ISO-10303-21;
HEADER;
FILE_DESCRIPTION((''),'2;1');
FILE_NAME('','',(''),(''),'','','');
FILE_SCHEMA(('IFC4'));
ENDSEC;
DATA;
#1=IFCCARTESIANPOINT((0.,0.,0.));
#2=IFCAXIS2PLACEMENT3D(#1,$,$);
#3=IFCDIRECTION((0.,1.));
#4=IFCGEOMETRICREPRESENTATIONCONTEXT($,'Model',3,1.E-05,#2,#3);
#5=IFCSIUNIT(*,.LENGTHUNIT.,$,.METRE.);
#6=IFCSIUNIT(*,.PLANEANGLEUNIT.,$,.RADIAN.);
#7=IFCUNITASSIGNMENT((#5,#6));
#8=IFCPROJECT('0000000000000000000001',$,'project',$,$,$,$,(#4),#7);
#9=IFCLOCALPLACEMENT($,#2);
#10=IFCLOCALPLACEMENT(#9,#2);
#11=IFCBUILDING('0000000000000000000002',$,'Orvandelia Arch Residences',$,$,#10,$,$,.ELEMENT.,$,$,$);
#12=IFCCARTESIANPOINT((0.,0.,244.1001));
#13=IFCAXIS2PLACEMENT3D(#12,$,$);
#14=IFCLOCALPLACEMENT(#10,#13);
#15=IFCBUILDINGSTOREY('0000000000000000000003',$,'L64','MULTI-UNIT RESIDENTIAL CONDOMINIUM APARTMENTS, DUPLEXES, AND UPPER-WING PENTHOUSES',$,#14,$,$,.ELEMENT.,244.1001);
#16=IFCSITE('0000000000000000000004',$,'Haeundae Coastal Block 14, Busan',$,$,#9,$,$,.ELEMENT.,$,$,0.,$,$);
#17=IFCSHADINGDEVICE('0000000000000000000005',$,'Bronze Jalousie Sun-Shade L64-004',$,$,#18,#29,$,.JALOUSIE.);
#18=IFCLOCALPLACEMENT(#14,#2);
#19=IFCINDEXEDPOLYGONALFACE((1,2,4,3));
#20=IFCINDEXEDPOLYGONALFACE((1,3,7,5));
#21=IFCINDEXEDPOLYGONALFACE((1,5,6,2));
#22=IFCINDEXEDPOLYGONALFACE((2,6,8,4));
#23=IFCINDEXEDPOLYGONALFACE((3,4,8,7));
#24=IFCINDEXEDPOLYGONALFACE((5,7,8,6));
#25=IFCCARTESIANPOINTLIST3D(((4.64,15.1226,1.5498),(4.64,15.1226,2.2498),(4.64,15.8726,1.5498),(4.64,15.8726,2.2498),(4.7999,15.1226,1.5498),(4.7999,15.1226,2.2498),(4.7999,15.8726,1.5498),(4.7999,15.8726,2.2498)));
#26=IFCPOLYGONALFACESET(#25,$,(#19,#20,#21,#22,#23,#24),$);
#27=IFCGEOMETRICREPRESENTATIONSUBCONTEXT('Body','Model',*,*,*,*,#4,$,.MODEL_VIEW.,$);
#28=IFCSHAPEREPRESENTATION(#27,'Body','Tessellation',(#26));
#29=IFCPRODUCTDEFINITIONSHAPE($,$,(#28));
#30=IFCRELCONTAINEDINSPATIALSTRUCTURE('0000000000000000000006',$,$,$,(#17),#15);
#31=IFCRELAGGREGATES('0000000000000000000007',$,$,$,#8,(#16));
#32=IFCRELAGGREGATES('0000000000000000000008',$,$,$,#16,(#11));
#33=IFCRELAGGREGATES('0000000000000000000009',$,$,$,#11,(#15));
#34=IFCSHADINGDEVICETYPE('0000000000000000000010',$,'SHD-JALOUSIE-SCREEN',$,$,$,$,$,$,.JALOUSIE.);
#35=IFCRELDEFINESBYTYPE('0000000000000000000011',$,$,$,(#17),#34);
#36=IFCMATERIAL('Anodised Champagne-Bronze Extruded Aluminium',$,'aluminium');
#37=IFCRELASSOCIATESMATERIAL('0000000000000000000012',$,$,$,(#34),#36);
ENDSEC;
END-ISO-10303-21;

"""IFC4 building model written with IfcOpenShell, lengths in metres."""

from ifc_helpers import new_model, si_unit, direction, frame, origin, origin_2d, place, context, subcontext, project, spatial, rectangle, extrude, material, type_object, element, save


model = new_model("IFC4")

# Units and contexts
model_context = context("Model", 3, precision=1e-05, world=origin(), true_north=direction((0.0, 1.0)))
body_context = subcontext(model_context, "Body", "Model", "MODEL_VIEW")
ifc_project = project(units=[si_unit("LENGTHUNIT", "METRE"), si_unit("PLANEANGLEUNIT", "RADIAN")], contexts=[model_context])

# Site, building, storey
site_placement = place(None, origin())
site = spatial("IfcSite", under=ifc_project, at=site_placement, Name="Haeundae Coastal Block 14, Busan", CompositionType="ELEMENT", RefElevation=0.0)
building_placement = place(site_placement, origin())
building = spatial("IfcBuilding", under=site, at=building_placement, Name="Orvandelia Arch Residences", CompositionType="ELEMENT")
storey_placement = place(building_placement, frame((0.0, 0.0, 244.1001)))
storey = spatial("IfcBuildingStorey", under=building, at=storey_placement, Name="L64", Description="MULTI-UNIT RESIDENTIAL CONDOMINIUM APARTMENTS, DUPLEXES, AND UPPER-WING PENTHOUSES", CompositionType="ELEMENT", Elevation=244.1001)

# Shading device
ifc_material_1 = material(Name="Anodised Champagne-Bronze Extruded Aluminium", Category="aluminium")
shading_device_type = type_object("IfcShadingDeviceType", Name="SHD-JALOUSIE-SCREEN", PredefinedType="JALOUSIE", material=ifc_material_1)
shading_device_placement = place(storey_placement, frame((4.72, 15.4976, 1.5498), z_axis=(0.0, 0.0, 1.0), x_axis=(0.0, 1.0, 0.0)))
element("IfcShadingDevice", 1, at=shading_device_placement, inside=storey, type_object=shading_device_type, Name="Bronze Jalousie Sun-Shade L64-004", PredefinedType="JALOUSIE", context=body_context, shape_type="SweptSolid", body=[
    extrude(rectangle(XDim=0.75, YDim=0.1599, at=origin_2d()), origin(), (0.0, 0.0, 1.0), 0.7),
])

save(model, "model.ifc")
